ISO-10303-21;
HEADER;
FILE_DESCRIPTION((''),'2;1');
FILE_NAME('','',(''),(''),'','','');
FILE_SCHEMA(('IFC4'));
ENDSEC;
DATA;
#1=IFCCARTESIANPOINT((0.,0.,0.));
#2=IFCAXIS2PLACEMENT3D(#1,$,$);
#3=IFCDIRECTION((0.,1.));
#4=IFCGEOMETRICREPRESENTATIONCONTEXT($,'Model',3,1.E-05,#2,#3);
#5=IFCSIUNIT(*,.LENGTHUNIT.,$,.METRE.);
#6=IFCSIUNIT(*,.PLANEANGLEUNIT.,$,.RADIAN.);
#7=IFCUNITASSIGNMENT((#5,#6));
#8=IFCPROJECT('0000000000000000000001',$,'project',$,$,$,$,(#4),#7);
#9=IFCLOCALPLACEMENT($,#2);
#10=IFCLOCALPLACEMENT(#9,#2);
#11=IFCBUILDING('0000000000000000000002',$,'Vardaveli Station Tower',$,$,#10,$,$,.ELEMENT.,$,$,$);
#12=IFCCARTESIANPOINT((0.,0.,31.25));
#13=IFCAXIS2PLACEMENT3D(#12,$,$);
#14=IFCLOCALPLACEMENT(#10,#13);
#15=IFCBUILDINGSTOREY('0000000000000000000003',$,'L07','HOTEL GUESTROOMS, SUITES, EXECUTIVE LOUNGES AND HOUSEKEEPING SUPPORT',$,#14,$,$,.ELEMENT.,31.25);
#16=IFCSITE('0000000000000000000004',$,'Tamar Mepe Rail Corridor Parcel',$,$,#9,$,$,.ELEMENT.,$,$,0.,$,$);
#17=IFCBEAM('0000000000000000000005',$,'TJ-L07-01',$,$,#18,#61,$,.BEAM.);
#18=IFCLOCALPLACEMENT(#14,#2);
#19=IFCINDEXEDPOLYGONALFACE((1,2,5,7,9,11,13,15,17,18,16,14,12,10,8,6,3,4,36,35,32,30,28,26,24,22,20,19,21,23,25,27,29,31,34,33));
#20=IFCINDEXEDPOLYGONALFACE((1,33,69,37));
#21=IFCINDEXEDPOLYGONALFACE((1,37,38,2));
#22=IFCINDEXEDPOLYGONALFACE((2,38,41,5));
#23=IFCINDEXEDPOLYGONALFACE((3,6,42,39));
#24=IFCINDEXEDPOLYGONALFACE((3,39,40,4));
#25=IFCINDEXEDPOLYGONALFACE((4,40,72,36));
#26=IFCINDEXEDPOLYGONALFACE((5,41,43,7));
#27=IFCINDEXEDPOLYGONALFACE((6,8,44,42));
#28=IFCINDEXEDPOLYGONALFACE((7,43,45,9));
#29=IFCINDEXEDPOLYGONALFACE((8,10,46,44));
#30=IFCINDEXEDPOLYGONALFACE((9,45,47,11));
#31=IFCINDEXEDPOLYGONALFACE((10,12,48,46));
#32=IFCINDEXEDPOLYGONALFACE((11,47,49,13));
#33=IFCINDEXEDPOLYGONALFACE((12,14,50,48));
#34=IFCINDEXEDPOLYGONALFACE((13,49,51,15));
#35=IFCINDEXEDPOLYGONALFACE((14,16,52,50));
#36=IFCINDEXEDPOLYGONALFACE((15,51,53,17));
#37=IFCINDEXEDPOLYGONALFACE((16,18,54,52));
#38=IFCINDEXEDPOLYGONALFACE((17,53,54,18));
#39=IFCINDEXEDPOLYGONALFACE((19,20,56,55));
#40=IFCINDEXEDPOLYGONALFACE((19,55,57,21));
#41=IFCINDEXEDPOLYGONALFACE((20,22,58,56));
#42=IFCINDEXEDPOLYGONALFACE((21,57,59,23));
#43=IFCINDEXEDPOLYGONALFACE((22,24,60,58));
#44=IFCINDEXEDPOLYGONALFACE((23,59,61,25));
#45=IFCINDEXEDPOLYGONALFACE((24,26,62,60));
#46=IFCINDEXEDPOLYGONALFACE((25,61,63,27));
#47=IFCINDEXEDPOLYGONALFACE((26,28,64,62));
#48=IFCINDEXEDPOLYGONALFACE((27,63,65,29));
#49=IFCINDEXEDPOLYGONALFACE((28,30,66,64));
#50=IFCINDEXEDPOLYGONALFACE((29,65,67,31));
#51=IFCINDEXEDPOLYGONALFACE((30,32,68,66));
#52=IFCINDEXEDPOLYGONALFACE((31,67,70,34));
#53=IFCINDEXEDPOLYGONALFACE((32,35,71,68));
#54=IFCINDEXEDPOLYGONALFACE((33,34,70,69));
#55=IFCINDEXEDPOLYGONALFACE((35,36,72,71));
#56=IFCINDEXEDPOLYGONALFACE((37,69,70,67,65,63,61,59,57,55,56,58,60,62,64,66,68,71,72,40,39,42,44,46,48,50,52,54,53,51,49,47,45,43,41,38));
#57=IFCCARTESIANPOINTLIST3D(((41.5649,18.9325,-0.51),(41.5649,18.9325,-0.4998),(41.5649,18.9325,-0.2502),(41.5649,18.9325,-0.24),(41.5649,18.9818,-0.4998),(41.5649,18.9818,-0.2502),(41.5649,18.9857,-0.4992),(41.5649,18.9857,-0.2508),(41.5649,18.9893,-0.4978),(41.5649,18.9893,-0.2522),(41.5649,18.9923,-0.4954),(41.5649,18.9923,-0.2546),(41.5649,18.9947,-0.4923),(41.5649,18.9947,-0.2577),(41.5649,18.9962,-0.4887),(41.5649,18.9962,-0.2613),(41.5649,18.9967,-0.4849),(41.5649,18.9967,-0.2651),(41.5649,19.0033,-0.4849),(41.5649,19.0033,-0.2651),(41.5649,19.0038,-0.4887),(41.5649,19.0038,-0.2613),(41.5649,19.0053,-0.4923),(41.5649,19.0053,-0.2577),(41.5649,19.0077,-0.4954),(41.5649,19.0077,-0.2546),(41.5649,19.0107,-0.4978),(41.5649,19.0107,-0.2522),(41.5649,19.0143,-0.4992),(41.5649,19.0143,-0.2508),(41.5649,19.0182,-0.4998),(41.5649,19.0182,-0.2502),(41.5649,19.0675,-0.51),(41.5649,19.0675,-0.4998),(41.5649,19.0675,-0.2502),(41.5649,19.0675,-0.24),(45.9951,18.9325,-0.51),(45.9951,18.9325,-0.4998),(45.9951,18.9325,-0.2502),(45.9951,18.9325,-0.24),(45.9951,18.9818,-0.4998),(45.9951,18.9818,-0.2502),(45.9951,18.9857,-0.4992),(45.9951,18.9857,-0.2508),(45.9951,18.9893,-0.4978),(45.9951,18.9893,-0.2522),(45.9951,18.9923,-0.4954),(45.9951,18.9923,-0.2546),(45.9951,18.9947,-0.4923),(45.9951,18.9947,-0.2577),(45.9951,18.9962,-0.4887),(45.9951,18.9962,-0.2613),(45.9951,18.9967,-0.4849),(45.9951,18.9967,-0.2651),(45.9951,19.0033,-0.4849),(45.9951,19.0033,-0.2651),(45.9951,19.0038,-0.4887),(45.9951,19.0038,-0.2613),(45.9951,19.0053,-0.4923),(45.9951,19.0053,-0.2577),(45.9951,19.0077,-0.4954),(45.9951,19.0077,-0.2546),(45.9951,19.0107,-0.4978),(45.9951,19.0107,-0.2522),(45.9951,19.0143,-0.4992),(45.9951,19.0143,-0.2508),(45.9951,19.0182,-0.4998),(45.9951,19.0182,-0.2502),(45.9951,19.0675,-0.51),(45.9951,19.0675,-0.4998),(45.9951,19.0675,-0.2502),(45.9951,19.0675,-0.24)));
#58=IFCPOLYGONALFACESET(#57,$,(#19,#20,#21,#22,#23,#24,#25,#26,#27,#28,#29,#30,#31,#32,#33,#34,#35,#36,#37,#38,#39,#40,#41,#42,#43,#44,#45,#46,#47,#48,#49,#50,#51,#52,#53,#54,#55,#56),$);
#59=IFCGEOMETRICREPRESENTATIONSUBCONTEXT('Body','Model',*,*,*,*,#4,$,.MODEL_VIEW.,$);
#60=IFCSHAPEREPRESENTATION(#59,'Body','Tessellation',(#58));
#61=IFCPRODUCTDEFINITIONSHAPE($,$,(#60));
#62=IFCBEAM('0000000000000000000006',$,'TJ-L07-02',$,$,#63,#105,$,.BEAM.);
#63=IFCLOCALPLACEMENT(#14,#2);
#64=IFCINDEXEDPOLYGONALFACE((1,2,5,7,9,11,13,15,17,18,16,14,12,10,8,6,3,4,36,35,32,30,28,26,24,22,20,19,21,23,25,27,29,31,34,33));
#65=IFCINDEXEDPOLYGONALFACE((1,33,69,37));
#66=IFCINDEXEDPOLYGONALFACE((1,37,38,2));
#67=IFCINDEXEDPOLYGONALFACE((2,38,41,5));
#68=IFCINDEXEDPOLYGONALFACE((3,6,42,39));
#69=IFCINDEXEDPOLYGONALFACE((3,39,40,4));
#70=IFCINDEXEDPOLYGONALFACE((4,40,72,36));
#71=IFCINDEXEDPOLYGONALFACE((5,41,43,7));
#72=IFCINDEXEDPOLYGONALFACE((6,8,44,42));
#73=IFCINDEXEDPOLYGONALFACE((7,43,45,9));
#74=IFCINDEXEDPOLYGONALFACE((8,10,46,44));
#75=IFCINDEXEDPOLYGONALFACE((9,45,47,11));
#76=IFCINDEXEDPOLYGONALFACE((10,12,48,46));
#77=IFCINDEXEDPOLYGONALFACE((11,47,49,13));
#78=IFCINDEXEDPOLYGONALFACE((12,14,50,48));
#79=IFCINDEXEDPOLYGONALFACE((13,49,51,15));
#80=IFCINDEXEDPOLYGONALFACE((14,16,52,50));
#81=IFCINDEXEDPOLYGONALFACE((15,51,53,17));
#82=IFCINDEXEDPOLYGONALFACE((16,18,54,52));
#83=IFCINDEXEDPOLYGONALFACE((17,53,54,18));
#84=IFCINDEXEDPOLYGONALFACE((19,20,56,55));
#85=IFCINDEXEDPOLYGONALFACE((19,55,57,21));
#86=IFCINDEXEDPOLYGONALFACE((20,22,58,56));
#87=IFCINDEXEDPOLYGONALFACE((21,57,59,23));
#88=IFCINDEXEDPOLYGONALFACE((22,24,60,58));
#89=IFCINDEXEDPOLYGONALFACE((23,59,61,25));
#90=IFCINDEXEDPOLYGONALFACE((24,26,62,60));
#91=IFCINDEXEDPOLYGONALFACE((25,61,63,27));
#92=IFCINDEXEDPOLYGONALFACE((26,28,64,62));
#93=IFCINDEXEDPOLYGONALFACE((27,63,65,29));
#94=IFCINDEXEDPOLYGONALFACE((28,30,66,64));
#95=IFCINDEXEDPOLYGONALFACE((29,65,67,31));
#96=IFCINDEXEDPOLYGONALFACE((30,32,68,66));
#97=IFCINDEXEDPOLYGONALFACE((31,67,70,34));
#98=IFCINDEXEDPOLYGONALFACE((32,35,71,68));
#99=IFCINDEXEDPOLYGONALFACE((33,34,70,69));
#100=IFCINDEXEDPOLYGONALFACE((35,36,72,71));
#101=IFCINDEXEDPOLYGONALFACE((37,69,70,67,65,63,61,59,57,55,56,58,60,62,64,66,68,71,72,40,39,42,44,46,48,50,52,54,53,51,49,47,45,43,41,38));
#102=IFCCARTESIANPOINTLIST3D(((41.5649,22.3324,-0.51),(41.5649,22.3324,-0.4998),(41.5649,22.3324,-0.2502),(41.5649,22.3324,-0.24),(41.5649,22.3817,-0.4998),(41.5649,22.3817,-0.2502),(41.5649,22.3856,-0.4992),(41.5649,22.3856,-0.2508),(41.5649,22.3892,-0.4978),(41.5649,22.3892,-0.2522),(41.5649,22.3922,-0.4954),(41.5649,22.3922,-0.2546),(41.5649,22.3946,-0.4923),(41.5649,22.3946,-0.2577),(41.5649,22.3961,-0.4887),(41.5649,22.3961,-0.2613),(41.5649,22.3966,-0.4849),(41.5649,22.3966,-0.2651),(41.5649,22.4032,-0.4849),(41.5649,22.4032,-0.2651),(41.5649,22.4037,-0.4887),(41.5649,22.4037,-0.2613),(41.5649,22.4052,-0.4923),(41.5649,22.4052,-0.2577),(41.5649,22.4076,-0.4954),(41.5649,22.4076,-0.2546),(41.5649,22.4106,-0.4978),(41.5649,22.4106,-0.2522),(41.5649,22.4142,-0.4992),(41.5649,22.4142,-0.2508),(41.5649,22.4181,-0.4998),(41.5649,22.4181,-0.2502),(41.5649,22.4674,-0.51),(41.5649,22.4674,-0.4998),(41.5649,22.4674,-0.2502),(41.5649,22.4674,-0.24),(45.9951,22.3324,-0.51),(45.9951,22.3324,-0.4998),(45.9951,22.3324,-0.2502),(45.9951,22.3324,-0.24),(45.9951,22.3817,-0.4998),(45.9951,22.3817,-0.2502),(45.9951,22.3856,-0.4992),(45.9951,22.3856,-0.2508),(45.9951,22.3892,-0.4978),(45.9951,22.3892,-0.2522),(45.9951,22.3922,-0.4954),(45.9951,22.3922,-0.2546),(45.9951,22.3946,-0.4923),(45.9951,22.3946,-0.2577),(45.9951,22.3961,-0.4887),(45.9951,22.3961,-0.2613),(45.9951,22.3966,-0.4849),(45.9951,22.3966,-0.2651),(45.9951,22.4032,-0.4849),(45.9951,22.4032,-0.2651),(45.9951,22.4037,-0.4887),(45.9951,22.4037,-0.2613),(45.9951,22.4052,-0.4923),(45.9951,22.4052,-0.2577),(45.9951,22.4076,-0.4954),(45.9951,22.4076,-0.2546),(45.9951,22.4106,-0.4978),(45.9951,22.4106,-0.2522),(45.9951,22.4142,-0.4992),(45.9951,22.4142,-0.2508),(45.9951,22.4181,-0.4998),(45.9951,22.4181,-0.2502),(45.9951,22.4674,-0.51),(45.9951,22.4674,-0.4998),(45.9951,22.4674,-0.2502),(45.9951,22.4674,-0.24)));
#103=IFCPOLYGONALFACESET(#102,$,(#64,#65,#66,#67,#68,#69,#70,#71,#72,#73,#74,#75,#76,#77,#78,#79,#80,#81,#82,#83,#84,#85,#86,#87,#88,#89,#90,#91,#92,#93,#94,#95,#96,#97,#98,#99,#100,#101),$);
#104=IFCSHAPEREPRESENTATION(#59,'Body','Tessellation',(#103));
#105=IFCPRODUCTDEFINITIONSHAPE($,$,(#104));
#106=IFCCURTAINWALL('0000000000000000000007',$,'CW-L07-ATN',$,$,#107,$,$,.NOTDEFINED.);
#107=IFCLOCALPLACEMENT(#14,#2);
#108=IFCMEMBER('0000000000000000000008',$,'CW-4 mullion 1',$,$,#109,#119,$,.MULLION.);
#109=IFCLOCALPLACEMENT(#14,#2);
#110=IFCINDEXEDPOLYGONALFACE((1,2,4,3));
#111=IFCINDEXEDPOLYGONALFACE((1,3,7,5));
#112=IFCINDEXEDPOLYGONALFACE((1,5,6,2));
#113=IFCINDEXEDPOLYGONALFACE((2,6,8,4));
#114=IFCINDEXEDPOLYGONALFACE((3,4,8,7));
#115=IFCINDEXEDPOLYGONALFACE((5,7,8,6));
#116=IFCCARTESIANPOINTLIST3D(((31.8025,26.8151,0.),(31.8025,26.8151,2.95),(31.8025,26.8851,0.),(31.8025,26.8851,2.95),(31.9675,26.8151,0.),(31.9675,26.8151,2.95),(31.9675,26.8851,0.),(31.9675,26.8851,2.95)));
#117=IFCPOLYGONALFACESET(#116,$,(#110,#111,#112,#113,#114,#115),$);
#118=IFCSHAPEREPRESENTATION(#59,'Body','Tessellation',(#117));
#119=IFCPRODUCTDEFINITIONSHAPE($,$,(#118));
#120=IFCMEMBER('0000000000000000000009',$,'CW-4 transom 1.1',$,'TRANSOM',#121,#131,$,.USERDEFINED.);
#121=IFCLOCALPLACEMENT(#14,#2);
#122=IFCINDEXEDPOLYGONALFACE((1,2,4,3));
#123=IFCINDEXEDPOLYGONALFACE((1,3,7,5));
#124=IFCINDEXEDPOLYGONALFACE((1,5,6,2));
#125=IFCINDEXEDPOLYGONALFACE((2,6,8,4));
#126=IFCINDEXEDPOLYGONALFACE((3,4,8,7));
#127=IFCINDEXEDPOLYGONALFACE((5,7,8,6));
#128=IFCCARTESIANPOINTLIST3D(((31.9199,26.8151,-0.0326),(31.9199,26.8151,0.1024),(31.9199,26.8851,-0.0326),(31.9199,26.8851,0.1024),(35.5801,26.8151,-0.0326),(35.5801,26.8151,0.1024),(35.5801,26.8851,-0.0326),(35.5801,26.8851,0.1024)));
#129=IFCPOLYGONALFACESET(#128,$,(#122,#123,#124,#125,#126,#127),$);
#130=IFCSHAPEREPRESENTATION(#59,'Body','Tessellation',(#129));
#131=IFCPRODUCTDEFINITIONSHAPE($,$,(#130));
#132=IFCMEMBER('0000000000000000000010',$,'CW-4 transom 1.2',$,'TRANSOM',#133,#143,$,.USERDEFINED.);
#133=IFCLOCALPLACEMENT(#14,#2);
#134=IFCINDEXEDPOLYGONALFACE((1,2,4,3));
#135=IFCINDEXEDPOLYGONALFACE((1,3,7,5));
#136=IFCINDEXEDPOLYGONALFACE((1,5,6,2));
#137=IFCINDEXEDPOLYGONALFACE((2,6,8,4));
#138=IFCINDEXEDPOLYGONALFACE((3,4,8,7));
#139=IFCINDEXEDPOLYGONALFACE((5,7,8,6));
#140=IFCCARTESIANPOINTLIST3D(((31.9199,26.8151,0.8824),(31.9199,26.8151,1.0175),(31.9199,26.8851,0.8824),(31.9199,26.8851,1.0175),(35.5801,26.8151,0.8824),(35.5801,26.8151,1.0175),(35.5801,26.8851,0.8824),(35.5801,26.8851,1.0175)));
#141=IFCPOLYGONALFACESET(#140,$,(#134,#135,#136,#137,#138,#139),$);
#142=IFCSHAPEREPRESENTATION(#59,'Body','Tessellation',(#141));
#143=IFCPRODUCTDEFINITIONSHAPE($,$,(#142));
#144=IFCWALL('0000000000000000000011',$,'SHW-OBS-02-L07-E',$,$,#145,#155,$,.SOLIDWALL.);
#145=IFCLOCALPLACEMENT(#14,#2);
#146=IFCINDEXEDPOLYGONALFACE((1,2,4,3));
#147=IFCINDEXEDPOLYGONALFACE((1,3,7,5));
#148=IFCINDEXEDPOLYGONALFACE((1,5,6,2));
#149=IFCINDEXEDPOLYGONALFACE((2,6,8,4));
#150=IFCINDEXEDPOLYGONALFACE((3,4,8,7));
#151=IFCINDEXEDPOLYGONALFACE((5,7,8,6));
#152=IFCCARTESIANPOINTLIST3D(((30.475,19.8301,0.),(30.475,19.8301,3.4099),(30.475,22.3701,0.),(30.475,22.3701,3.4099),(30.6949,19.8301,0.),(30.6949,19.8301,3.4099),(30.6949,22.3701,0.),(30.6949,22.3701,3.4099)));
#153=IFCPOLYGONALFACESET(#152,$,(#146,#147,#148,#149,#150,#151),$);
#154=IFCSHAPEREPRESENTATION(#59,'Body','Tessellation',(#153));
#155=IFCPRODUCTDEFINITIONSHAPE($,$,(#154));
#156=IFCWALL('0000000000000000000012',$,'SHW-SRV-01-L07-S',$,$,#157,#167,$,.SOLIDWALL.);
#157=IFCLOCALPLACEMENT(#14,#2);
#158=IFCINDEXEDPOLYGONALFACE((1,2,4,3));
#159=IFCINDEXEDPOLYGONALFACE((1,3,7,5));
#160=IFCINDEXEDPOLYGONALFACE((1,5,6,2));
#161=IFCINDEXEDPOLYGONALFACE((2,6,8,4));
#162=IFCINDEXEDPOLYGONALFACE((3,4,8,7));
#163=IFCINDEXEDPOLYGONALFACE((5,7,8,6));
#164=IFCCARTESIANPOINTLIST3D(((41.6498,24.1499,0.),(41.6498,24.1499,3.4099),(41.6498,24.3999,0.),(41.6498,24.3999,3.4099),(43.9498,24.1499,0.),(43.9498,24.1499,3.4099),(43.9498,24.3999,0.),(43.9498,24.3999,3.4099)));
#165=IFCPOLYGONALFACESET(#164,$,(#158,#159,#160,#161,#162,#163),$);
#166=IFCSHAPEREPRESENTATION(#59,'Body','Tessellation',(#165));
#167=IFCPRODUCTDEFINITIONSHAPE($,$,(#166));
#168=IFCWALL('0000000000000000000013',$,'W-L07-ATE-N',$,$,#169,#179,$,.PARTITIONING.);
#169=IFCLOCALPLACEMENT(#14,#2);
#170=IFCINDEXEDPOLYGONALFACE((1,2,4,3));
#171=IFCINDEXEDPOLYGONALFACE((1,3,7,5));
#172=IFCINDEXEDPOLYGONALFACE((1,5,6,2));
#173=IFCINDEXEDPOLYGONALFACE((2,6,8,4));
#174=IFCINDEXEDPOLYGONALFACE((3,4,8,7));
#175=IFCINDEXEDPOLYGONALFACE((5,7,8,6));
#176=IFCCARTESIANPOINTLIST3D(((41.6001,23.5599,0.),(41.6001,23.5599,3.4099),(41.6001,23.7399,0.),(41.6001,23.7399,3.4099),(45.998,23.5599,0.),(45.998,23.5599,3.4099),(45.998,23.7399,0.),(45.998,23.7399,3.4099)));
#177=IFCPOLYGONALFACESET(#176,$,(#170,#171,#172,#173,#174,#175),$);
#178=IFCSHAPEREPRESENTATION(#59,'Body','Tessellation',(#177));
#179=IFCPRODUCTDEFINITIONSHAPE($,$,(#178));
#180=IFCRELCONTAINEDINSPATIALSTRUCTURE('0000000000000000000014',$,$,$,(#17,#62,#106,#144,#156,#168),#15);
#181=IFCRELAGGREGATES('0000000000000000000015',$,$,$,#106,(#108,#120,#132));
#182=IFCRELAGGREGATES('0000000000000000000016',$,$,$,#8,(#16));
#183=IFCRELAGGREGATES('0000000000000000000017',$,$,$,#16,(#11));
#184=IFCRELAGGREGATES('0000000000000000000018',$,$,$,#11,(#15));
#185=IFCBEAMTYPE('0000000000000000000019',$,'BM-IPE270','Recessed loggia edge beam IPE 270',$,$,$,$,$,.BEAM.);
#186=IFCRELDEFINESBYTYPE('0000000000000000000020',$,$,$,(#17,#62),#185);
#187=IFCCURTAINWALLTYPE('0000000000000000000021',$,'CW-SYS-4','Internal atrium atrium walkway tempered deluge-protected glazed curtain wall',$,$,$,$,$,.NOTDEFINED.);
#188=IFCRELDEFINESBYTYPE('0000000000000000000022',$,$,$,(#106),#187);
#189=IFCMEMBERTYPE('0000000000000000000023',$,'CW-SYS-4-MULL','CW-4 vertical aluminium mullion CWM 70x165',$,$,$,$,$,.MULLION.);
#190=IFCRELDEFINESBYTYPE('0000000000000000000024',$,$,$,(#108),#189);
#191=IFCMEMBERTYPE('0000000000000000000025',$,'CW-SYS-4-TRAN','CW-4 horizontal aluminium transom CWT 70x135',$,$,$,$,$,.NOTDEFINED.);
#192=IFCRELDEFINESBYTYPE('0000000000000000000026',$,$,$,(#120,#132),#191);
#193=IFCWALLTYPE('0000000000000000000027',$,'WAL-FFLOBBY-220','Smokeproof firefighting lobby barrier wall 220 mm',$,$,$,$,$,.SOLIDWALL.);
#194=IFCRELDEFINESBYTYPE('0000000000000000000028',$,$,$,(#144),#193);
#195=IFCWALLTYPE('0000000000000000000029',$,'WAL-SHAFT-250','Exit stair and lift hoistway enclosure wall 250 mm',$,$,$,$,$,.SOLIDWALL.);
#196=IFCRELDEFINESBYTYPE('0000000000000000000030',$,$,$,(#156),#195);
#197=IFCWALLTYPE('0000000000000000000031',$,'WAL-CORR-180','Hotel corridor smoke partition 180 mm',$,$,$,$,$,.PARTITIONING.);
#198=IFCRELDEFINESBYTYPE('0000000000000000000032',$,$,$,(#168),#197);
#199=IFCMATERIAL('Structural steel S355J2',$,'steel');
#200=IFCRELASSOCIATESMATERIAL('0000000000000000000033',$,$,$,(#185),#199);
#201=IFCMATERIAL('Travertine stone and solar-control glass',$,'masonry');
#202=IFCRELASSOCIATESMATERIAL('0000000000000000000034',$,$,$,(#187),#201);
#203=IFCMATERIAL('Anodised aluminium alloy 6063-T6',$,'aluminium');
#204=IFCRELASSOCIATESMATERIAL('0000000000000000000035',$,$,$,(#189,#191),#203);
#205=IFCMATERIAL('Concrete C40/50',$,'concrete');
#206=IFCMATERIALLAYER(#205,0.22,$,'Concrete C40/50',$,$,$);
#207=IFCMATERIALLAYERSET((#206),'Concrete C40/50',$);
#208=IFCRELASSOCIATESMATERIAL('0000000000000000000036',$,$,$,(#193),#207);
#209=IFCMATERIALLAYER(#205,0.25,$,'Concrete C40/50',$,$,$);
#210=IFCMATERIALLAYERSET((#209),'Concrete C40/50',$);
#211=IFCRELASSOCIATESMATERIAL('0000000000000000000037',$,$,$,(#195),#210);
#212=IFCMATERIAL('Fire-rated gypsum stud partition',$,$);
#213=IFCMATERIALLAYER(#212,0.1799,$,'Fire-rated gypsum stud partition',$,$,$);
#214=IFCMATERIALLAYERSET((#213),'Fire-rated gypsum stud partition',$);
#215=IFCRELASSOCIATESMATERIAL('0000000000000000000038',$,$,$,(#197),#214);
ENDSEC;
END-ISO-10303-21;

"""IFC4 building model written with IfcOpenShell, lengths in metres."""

from ifc_helpers import new_model, si_unit, direction, frame, frame_2d, origin, origin_2d, place, context, subcontext, project, spatial, rectangle, i_section, extrude, source, transform, mapped, material, layer, layer_set, material_profile, profile_set, type_object, element, aggregate, save


model = new_model("IFC4")

# Units and contexts
model_context = context("Model", 3, precision=1e-05, world=origin(), true_north=direction((0.0, 1.0)))
body_context = subcontext(model_context, "Body", "Model", "MODEL_VIEW")
ifc_project = project(units=[si_unit("LENGTHUNIT", "METRE"), si_unit("PLANEANGLEUNIT", "RADIAN")], contexts=[model_context])

# Site, building, storey
site_placement = place(None, origin())
site = spatial("IfcSite", under=ifc_project, at=site_placement, Name="Tamar Mepe Rail Corridor Parcel", CompositionType="ELEMENT", RefElevation=0.0)
building_placement = place(site_placement, origin())
building = spatial("IfcBuilding", under=site, at=building_placement, Name="Vardaveli Station Tower", CompositionType="ELEMENT")
storey_placement = place(building_placement, frame((0.0, 0.0, 31.25)))
storey = spatial("IfcBuildingStorey", under=building, at=storey_placement, Name="L07", Description="HOTEL GUESTROOMS, SUITES, EXECUTIVE LOUNGES AND HOUSEKEEPING SUPPORT", CompositionType="ELEMENT", Elevation=31.25)

# Beams
ifc_material_1 = material(Name="Structural steel S355J2", Category="steel")
ifc_material_profile_1 = material_profile(ifc_material_1, i_section(OverallWidth=0.135, OverallDepth=0.27, WebThickness=0.0066, FlangeThickness=0.0103, FilletRadius=0.0149, at=origin_2d()), Name="IPE 270")
ifc_profile_set_1 = profile_set([ifc_material_profile_1], Name="Structural steel S355J2")
beam_type_1 = type_object("IfcBeamType", Name="BM-IPE270", Description="Recessed loggia edge beam IPE 270", PredefinedType="BEAM", material=ifc_profile_set_1)
shared_shape_1 = source(origin(), body_context, "Body", "SweptSolid", [
    extrude(i_section(OverallWidth=0.135, OverallDepth=0.27, WebThickness=0.0066, FlangeThickness=0.0103, FilletRadius=0.0149, at=origin_2d()), origin(), (0.0, 0.0, 1.0), 4.4302),
])
for number, where, z_axis, x_axis, name in (
    (1, (41.5649, 19.0, -0.375), (1.0, 0.0, 0.0), (0.0, 1.0, 0.0), "TJ-L07-01"),
    (2, (41.5649, 22.3999, -0.375), (1.0, 0.0, 0.0), (0.0, 1.0, 0.0), "TJ-L07-02"),
):
    element("IfcBeam", number, at=place(storey_placement, frame(where, z_axis=z_axis, x_axis=x_axis)), inside=storey, type_object=beam_type_1, Name=name, PredefinedType="BEAM", context=body_context, shape_type="MappedRepresentation", body=[
        mapped(shared_shape_1, transform((0.0, 0.0, 0.0), scale=1.0)),
    ])

# Curtain wall, members
ifc_material_2 = material(Name="Travertine stone and solar-control glass", Category="masonry")
curtain_wall_type = type_object("IfcCurtainWallType", Name="CW-SYS-4", Description="Internal atrium atrium walkway tempered deluge-protected glazed curtain wall", PredefinedType="NOTDEFINED", material=ifc_material_2)
curtain_wall_placement = place(storey_placement, origin())
curtain_wall = element("IfcCurtainWall", 3, at=curtain_wall_placement, inside=storey, type_object=curtain_wall_type, Name="CW-L07-ATN", PredefinedType="NOTDEFINED")
ifc_material_3 = material(Name="Anodised aluminium alloy 6063-T6", Category="aluminium")
ifc_material_profile_2 = material_profile(ifc_material_3, rectangle(XDim=0.0701, YDim=0.165, at=origin_2d()), Name="CWM 70x165")
ifc_profile_set_2 = profile_set([ifc_material_profile_2], Name="Anodised aluminium alloy 6063-T6")
member_type_1 = type_object("IfcMemberType", Name="CW-SYS-4-MULL", Description="CW-4 vertical aluminium mullion CWM 70x165", PredefinedType="MULLION", material=ifc_profile_set_2)
shared_shape_2 = source(origin(), body_context, "Body", "SweptSolid", [
    extrude(rectangle(XDim=0.0701, YDim=0.165, at=origin_2d()), origin(), (0.0, 0.0, 1.0), 2.95),
])
member_1_placement = place(storey_placement, frame((31.885, 26.8501, 0.0), z_axis=(0.0, 0.0, 1.0), x_axis=(0.0, 1.0, 0.0)))
member_1 = element("IfcMember", 4, at=member_1_placement, type_object=member_type_1, Name="CW-4 mullion 1", PredefinedType="MULLION", context=body_context, shape_type="MappedRepresentation", body=[
    mapped(shared_shape_2, transform((0.0, 0.0, 0.0), scale=1.0)),
])
ifc_material_profile_3 = material_profile(ifc_material_3, rectangle(XDim=0.0701, YDim=0.135, at=origin_2d()), Name="CWT 70x135")
ifc_profile_set_3 = profile_set([ifc_material_profile_3], Name="Anodised aluminium alloy 6063-T6")
member_type_2 = type_object("IfcMemberType", Name="CW-SYS-4-TRAN", Description="CW-4 horizontal aluminium transom CWT 70x135", PredefinedType="NOTDEFINED", material=ifc_profile_set_3)
shared_shape_3 = source(origin(), body_context, "Body", "SweptSolid", [
    extrude(rectangle(XDim=0.0701, YDim=0.135, at=origin_2d()), origin(), (0.0, 0.0, 1.0), 3.6602),
])
member_2_placement = place(storey_placement, frame((31.9199, 26.8501, 0.0349), z_axis=(1.0, 0.0, 0.0), x_axis=(0.0, 1.0, 0.0)))
member_2 = element("IfcMember", 5, at=member_2_placement, type_object=member_type_2, Name="CW-4 transom 1.1", ObjectType="TRANSOM", PredefinedType="USERDEFINED", context=body_context, shape_type="MappedRepresentation", body=[
    mapped(shared_shape_3, transform((0.0, 0.0, 0.0), scale=1.0)),
])
member_3_placement = place(storey_placement, frame((31.9199, 26.8501, 0.95), z_axis=(1.0, 0.0, 0.0), x_axis=(0.0, 1.0, 0.0)))
member_3 = element("IfcMember", 6, at=member_3_placement, type_object=member_type_2, Name="CW-4 transom 1.2", ObjectType="TRANSOM", PredefinedType="USERDEFINED", context=body_context, shape_type="MappedRepresentation", body=[
    mapped(shared_shape_3, transform((0.0, 0.0, 0.0), scale=1.0)),
])
aggregate(curtain_wall, [member_1, member_2, member_3])

# Walls
ifc_material_4 = material(Name="Concrete C40/50", Category="concrete")
ifc_layer_1 = layer(ifc_material_4, 0.22, Name="Concrete C40/50")
ifc_layer_set_1 = layer_set([ifc_layer_1], Name="Concrete C40/50")
wall_type_1 = type_object("IfcWallType", Name="WAL-FFLOBBY-220", Description="Smokeproof firefighting lobby barrier wall 220 mm", PredefinedType="SOLIDWALL", material=ifc_layer_set_1)
shared_shape_4 = source(origin(), body_context, "Body", "SweptSolid", [
    extrude(rectangle(XDim=2.54, YDim=0.22, at=frame_2d((1.27, 0.0))), origin(), (0.0, 0.0, 1.0), 3.4099),
])
wall_1_placement = place(storey_placement, frame((30.585, 19.8301, 0.0), z_axis=(0.0, 0.0, 1.0), x_axis=(0.0, 1.0, 0.0)))
element("IfcWall", 7, at=wall_1_placement, inside=storey, type_object=wall_type_1, Name="SHW-OBS-02-L07-E", PredefinedType="SOLIDWALL", context=body_context, shape_type="MappedRepresentation", body=[
    mapped(shared_shape_4, transform((0.0, 0.0, 0.0), scale=1.0)),
])
ifc_layer_2 = layer(ifc_material_4, 0.25, Name="Concrete C40/50")
ifc_layer_set_2 = layer_set([ifc_layer_2], Name="Concrete C40/50")
wall_type_2 = type_object("IfcWallType", Name="WAL-SHAFT-250", Description="Exit stair and lift hoistway enclosure wall 250 mm", PredefinedType="SOLIDWALL", material=ifc_layer_set_2)
shared_shape_5 = source(origin(), body_context, "Body", "SweptSolid", [
    extrude(rectangle(XDim=2.3, YDim=0.25, at=frame_2d((1.1499, 0.0))), origin(), (0.0, 0.0, 1.0), 3.4099),
])
wall_2_placement = place(storey_placement, frame((41.6499, 24.2749, 0.0), z_axis=(0.0, 0.0, 1.0), x_axis=(1.0, 0.0, 0.0)))
element("IfcWall", 8, at=wall_2_placement, inside=storey, type_object=wall_type_2, Name="SHW-SRV-01-L07-S", PredefinedType="SOLIDWALL", context=body_context, shape_type="MappedRepresentation", body=[
    mapped(shared_shape_5, transform((0.0, 0.0, 0.0), scale=1.0)),
])
ifc_material_5 = material(Name="Fire-rated gypsum stud partition")
ifc_layer_3 = layer(ifc_material_5, 0.1799, Name="Fire-rated gypsum stud partition")
ifc_layer_set_3 = layer_set([ifc_layer_3], Name="Fire-rated gypsum stud partition")
wall_type_3 = type_object("IfcWallType", Name="WAL-CORR-180", Description="Hotel corridor smoke partition 180 mm", PredefinedType="PARTITIONING", material=ifc_layer_set_3)
shared_shape_6 = source(origin(), body_context, "Body", "SweptSolid", [
    extrude(rectangle(XDim=4.3979, YDim=0.1799, at=frame_2d((2.199, 0.0))), origin(), (0.0, 0.0, 1.0), 3.4099),
])
wall_3_placement = place(storey_placement, frame((41.6001, 23.6499, 0.0), z_axis=(0.0, 0.0, 1.0), x_axis=(1.0, 0.0, 0.0)))
element("IfcWall", 9, at=wall_3_placement, inside=storey, type_object=wall_type_3, Name="W-L07-ATE-N", PredefinedType="PARTITIONING", context=body_context, shape_type="MappedRepresentation", body=[
    mapped(shared_shape_6, transform((0.0, 0.0, 0.0), scale=1.0)),
])

save(model, "model.ifc")
